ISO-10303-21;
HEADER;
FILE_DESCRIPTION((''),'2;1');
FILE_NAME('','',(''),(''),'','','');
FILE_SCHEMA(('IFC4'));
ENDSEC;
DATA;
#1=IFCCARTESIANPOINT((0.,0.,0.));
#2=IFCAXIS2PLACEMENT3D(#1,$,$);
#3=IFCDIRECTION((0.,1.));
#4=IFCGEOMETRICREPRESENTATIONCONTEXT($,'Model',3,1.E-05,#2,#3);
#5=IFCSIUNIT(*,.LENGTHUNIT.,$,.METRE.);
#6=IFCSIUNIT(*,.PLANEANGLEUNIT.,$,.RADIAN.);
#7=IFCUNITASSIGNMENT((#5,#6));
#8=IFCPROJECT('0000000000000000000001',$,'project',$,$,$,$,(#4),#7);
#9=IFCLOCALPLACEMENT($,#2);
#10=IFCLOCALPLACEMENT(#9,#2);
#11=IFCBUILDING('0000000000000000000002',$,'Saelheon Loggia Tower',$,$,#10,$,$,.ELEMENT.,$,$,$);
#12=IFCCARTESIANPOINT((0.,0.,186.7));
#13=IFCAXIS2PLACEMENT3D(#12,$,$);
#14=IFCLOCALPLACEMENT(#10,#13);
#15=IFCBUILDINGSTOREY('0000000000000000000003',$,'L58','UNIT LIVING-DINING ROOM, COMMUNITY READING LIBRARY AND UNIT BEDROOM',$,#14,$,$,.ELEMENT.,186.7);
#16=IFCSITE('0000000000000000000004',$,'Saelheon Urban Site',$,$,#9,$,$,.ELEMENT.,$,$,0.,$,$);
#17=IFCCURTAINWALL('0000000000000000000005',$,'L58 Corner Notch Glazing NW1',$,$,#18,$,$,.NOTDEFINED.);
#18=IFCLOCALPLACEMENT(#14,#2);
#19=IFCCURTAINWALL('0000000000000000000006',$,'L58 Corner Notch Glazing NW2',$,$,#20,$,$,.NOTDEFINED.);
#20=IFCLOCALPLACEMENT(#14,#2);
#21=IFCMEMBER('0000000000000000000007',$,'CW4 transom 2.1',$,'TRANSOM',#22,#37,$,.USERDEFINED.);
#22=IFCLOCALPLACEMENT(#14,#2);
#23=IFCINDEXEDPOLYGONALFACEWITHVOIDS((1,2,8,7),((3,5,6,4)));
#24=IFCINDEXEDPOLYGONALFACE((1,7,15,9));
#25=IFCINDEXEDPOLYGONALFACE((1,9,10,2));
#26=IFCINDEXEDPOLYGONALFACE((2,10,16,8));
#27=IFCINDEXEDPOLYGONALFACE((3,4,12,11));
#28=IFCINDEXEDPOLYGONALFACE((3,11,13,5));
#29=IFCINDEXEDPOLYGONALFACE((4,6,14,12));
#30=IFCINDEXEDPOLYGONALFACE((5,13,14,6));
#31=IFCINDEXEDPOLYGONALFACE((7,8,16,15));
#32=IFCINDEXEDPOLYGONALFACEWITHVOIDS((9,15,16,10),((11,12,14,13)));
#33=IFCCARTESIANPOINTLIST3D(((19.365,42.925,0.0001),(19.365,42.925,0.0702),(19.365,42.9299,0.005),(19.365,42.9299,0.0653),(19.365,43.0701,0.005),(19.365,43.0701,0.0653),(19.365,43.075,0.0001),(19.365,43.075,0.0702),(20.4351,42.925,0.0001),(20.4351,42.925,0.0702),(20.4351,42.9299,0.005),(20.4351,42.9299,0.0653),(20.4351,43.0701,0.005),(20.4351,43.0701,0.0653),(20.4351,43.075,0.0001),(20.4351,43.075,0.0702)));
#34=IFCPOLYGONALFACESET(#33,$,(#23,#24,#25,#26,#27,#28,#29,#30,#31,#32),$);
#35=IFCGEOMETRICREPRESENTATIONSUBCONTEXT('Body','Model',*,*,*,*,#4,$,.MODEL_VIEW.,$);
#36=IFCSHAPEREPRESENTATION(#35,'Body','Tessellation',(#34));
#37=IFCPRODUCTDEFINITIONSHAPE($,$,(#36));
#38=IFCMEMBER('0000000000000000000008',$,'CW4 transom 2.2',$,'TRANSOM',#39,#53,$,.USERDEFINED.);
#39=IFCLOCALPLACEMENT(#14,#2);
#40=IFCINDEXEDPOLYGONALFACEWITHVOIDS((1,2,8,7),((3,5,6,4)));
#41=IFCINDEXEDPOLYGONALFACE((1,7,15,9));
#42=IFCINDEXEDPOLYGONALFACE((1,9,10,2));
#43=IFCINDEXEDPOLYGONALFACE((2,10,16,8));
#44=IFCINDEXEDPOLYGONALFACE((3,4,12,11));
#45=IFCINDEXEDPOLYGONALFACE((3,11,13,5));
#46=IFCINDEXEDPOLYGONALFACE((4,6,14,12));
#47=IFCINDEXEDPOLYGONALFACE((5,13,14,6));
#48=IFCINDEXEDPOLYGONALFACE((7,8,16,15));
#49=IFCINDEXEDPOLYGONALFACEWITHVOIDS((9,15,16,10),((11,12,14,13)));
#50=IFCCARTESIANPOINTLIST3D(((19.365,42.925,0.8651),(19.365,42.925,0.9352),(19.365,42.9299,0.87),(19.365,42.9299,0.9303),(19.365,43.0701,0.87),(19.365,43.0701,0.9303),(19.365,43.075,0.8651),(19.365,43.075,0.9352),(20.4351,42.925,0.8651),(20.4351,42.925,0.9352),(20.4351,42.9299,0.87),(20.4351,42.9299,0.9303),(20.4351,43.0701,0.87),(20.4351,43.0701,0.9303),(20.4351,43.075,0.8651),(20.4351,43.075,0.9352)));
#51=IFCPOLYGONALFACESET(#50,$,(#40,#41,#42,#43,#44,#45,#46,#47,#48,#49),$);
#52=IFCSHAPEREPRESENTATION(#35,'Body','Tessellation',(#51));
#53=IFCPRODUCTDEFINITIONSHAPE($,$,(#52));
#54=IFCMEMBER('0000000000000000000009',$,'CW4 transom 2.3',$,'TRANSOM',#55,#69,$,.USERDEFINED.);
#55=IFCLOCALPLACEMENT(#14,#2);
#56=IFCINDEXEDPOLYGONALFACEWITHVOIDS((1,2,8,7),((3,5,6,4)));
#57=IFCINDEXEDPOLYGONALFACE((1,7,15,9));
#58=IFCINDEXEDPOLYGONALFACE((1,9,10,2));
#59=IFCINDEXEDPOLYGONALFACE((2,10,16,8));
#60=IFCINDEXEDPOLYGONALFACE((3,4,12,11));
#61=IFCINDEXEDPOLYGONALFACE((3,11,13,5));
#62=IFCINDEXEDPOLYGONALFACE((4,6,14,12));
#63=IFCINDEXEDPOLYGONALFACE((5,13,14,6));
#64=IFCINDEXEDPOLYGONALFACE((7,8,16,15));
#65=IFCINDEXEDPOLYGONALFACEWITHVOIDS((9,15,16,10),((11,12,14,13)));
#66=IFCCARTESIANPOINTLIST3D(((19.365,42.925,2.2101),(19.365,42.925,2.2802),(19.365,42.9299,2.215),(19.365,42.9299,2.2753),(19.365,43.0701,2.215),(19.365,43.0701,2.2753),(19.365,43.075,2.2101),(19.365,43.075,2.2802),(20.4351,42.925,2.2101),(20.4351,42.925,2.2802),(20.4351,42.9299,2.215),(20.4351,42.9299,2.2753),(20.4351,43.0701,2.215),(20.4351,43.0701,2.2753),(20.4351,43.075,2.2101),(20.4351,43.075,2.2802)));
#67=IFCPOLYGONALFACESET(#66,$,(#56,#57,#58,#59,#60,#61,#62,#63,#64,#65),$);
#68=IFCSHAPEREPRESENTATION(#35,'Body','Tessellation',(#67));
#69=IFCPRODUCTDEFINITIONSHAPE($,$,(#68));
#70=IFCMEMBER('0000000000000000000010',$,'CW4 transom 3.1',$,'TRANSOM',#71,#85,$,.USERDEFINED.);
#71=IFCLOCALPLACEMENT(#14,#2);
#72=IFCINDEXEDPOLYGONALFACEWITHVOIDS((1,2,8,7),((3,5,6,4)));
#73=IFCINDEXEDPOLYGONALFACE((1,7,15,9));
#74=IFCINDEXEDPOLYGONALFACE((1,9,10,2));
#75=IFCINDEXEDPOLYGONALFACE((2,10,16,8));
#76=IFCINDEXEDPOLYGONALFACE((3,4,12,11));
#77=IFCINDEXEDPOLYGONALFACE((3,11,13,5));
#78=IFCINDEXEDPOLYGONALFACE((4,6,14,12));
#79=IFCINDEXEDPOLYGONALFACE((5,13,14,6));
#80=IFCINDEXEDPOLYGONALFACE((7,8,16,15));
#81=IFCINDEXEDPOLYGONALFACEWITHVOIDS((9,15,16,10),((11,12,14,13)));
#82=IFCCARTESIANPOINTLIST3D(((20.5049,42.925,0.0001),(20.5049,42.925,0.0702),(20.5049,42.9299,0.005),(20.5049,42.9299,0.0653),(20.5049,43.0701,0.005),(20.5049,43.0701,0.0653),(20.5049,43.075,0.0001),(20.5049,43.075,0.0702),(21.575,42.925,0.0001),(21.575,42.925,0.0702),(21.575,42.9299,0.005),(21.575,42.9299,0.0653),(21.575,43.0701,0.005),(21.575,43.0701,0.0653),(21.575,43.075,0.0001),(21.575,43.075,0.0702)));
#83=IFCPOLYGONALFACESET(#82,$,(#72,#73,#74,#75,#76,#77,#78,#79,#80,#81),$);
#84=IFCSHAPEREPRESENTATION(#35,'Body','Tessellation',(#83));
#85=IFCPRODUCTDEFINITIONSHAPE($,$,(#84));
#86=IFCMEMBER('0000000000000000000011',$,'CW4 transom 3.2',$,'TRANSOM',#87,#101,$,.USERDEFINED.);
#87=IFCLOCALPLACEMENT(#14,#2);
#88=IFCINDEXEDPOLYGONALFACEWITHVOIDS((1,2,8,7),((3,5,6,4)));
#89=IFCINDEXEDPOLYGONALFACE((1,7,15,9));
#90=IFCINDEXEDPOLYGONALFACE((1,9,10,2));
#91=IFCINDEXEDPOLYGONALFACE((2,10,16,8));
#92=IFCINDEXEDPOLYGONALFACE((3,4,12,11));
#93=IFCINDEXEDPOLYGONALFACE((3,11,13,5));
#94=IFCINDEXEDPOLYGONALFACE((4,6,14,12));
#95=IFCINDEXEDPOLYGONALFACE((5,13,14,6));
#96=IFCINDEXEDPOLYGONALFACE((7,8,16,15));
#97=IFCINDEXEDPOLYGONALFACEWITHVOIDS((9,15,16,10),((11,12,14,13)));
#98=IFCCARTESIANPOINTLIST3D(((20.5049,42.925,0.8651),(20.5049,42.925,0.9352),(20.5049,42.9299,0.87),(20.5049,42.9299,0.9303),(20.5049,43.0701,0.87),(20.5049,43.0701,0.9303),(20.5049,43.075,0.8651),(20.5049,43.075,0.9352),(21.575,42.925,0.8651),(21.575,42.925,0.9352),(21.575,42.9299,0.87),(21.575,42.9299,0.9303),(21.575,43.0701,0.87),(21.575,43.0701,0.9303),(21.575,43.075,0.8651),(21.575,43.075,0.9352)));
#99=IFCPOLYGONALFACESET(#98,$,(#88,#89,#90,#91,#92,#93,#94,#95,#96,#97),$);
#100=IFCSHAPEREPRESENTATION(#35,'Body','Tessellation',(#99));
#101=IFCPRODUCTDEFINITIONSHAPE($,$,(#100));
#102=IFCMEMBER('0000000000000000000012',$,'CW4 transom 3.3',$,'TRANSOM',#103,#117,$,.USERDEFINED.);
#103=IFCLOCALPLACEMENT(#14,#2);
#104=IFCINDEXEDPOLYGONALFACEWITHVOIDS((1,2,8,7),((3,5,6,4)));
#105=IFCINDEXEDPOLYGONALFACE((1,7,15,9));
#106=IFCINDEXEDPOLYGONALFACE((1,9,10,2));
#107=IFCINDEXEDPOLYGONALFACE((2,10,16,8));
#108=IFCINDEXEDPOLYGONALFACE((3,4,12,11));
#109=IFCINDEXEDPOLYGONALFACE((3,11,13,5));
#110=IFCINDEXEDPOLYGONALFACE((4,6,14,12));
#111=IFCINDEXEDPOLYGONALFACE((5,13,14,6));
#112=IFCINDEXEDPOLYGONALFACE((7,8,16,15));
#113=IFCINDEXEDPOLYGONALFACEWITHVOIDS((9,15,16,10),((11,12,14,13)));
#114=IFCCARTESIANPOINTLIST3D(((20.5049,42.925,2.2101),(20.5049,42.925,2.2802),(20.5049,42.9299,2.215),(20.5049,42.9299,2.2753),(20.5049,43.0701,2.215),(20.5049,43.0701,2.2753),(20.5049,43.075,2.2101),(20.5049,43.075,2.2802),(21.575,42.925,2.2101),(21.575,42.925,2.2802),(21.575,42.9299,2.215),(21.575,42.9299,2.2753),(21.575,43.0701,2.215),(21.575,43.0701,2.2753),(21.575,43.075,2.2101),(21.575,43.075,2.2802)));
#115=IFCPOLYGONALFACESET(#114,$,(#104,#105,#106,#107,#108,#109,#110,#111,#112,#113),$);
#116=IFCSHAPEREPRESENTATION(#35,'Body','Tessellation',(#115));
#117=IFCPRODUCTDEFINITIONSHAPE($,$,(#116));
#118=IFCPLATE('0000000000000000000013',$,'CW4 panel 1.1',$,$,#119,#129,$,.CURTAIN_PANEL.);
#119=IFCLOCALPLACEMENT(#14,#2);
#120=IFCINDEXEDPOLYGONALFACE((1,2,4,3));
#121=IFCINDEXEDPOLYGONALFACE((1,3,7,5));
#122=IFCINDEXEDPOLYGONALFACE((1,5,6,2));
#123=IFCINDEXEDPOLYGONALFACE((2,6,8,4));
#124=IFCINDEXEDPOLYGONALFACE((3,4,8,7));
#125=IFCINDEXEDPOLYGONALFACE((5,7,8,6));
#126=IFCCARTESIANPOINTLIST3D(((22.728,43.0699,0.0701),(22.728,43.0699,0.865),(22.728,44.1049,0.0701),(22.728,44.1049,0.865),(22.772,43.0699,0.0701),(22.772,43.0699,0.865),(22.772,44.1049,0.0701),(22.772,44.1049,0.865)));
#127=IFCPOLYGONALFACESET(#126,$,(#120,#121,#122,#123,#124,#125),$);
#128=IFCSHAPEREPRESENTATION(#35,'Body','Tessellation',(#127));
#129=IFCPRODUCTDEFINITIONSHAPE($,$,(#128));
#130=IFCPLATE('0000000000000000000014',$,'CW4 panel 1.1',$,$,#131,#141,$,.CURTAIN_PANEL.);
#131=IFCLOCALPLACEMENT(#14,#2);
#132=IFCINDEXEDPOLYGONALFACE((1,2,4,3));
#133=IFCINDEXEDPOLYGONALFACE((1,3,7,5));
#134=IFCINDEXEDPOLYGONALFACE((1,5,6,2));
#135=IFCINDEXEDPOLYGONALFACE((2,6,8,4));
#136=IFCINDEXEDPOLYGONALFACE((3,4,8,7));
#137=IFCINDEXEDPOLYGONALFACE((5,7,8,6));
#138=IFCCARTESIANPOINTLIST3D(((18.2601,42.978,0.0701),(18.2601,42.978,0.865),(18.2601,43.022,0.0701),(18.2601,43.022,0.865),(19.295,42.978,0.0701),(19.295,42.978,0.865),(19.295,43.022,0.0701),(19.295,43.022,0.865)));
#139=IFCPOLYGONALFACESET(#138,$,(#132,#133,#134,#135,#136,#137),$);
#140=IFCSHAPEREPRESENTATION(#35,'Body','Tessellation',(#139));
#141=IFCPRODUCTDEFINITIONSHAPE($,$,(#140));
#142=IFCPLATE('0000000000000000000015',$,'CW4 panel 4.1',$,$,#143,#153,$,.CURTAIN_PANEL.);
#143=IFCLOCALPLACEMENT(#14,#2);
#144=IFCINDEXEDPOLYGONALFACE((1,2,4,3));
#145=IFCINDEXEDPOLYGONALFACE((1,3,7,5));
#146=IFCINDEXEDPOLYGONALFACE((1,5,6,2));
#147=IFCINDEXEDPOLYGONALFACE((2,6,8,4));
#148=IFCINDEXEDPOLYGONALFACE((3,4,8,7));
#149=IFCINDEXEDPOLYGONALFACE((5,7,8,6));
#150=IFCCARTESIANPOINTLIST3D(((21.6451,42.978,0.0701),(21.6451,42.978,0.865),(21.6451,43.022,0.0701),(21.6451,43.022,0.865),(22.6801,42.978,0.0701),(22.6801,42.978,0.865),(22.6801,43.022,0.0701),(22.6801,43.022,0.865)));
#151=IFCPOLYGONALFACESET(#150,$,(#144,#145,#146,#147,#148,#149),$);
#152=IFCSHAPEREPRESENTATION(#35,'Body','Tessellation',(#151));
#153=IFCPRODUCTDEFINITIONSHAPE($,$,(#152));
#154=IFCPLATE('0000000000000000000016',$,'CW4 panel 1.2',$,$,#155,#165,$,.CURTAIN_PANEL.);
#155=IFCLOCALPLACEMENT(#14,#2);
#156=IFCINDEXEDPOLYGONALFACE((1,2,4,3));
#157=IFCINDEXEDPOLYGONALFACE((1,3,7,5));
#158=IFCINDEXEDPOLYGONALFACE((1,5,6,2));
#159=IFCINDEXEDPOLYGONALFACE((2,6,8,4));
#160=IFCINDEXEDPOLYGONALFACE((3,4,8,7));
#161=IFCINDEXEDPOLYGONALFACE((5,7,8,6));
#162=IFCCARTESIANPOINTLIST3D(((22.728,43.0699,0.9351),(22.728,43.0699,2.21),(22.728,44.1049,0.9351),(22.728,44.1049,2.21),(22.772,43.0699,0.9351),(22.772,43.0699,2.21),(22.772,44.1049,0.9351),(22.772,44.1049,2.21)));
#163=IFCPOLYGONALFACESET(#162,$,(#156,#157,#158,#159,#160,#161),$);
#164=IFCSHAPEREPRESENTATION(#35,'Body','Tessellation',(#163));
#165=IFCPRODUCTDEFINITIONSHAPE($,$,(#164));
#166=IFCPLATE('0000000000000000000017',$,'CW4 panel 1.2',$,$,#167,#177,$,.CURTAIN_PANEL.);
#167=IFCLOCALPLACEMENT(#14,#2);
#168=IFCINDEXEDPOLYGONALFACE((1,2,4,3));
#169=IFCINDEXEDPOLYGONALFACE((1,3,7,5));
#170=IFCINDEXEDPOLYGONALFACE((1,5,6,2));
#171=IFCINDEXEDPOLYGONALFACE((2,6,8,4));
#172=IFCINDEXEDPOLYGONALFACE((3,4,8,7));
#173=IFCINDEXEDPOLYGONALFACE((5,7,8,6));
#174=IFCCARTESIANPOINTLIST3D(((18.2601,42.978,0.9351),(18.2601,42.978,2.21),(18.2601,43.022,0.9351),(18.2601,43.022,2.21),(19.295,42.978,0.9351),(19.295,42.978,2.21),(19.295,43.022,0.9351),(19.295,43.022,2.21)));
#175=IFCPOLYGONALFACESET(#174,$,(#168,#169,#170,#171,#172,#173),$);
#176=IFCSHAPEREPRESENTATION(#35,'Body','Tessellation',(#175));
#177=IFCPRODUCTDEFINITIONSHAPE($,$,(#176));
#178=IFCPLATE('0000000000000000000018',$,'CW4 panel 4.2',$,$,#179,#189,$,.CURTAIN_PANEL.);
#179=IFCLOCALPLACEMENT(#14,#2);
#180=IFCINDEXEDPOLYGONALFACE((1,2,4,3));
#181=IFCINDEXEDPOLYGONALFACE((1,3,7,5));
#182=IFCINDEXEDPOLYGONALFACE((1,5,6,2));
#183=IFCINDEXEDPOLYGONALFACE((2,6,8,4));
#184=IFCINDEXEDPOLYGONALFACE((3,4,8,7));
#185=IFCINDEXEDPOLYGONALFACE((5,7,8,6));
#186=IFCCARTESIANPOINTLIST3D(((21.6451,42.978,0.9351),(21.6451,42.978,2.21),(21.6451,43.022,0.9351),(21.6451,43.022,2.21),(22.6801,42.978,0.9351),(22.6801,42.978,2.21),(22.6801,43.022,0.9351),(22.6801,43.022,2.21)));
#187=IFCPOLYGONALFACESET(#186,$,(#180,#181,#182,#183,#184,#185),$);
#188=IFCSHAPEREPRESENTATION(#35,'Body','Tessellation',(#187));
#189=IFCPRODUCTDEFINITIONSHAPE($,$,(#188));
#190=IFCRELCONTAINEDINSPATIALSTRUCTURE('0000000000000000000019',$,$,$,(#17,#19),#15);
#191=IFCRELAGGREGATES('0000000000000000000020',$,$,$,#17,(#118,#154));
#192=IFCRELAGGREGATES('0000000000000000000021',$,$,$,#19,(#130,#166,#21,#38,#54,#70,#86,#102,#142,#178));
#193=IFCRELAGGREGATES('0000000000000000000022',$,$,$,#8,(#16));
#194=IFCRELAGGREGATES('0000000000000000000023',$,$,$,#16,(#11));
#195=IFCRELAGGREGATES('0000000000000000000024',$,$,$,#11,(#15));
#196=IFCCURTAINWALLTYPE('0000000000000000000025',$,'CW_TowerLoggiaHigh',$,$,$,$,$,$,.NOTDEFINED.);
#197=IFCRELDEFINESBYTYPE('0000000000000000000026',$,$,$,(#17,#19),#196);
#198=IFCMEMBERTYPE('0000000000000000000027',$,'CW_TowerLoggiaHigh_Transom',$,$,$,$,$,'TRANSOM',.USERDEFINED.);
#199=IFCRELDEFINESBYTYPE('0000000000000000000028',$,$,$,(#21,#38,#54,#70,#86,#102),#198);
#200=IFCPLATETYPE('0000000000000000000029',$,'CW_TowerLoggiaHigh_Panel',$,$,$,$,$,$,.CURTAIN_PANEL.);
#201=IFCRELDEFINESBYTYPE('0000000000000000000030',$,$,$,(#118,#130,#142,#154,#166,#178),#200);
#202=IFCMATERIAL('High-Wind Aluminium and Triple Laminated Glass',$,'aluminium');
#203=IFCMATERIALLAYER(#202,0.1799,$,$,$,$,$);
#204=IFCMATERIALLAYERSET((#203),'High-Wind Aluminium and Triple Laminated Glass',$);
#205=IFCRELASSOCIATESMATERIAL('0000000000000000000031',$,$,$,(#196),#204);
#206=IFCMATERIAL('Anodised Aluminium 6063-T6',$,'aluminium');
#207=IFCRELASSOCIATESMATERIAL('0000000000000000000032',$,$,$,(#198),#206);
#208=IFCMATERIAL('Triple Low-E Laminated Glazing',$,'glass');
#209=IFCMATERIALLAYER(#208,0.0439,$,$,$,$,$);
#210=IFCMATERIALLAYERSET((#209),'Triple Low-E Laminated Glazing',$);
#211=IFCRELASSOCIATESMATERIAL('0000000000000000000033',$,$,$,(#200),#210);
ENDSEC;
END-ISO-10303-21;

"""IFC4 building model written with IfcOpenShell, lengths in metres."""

from ifc_helpers import new_model, si_unit, direction, frame, origin, origin_2d, place, context, subcontext, project, spatial, rectangle, hollow_rectangle, extrude, source, transform, mapped, material, layer, layer_set, material_profile, profile_set, type_object, element, aggregate, save


model = new_model("IFC4")

# Units and contexts
model_context = context("Model", 3, precision=1e-05, world=origin(), true_north=direction((0.0, 1.0)))
body_context = subcontext(model_context, "Body", "Model", "MODEL_VIEW")
ifc_project = project(units=[si_unit("LENGTHUNIT", "METRE"), si_unit("PLANEANGLEUNIT", "RADIAN")], contexts=[model_context])

# Site, building, storey
site_placement = place(None, origin())
site = spatial("IfcSite", under=ifc_project, at=site_placement, Name="Saelheon Urban Site", CompositionType="ELEMENT", RefElevation=0.0)
building_placement = place(site_placement, origin())
building = spatial("IfcBuilding", under=site, at=building_placement, Name="Saelheon Loggia Tower", CompositionType="ELEMENT")
storey_placement = place(building_placement, frame((0.0, 0.0, 186.7)))
storey = spatial("IfcBuildingStorey", under=building, at=storey_placement, Name="L58", Description="UNIT LIVING-DINING ROOM, COMMUNITY READING LIBRARY AND UNIT BEDROOM", CompositionType="ELEMENT", Elevation=186.7)

# Curtain wall
ifc_material_1 = material(Name="High-Wind Aluminium and Triple Laminated Glass", Category="aluminium")
ifc_layer_1 = layer(ifc_material_1, 0.1799)
ifc_layer_set_1 = layer_set([ifc_layer_1], Name="High-Wind Aluminium and Triple Laminated Glass")
curtain_wall_type = type_object("IfcCurtainWallType", Name="CW_TowerLoggiaHigh", PredefinedType="NOTDEFINED", material=ifc_layer_set_1)
curtain_wall_1_placement = place(storey_placement, origin())
curtain_wall_1 = element("IfcCurtainWall", 1, at=curtain_wall_1_placement, inside=storey, type_object=curtain_wall_type, Name="L58 Corner Notch Glazing NW1", PredefinedType="NOTDEFINED")
ifc_material_2 = material(Name="Anodised Aluminium 6063-T6", Category="aluminium")

# Curtain wall
curtain_wall_2_placement = place(storey_placement, origin())
curtain_wall_2 = element("IfcCurtainWall", 2, at=curtain_wall_2_placement, inside=storey, type_object=curtain_wall_type, Name="L58 Corner Notch Glazing NW2", PredefinedType="NOTDEFINED")

# Members
ifc_material_profile_1 = material_profile(ifc_material_2, hollow_rectangle(XDim=0.0701, YDim=0.1499, WallThickness=0.0049, at=origin_2d()), Name="RHS-150x70x5")
ifc_profile_set_1 = profile_set([ifc_material_profile_1], Name="Anodised Aluminium 6063-T6")
member_type_1 = type_object("IfcMemberType", Name="CW_TowerLoggiaHigh_Transom", ElementType="TRANSOM", PredefinedType="USERDEFINED", material=ifc_profile_set_1)
shared_shape_1 = source(origin(), body_context, "Body", "SweptSolid", [
    extrude(hollow_rectangle(XDim=0.0701, YDim=0.1499, WallThickness=0.0049, at=origin_2d()), origin(), (0.0, 0.0, 1.0), 1.0701),
])
member_1_placement = place(storey_placement, frame((19.365, 43.0, 0.0352), z_axis=(1.0, 0.0, 0.0), x_axis=(0.0, 0.0, 1.0)))
member_1 = element("IfcMember", 3, at=member_1_placement, type_object=member_type_1, Name="CW4 transom 2.1", ObjectType="TRANSOM", PredefinedType="USERDEFINED", context=body_context, shape_type="MappedRepresentation", body=[
    mapped(shared_shape_1, transform((0.0, 0.0, 0.0), scale=1.0)),
])
member_2_placement = place(storey_placement, frame((19.365, 43.0, 0.9001), z_axis=(1.0, 0.0, 0.0), x_axis=(0.0, 0.0, 1.0)))
member_2 = element("IfcMember", 4, at=member_2_placement, type_object=member_type_1, Name="CW4 transom 2.2", ObjectType="TRANSOM", PredefinedType="USERDEFINED", context=body_context, shape_type="MappedRepresentation", body=[
    mapped(shared_shape_1, transform((0.0, 0.0, 0.0), scale=1.0)),
])
member_3_placement = place(storey_placement, frame((19.365, 43.0, 2.2451), z_axis=(1.0, 0.0, 0.0), x_axis=(0.0, 0.0, 1.0)))
member_3 = element("IfcMember", 5, at=member_3_placement, type_object=member_type_1, Name="CW4 transom 2.3", ObjectType="TRANSOM", PredefinedType="USERDEFINED", context=body_context, shape_type="MappedRepresentation", body=[
    mapped(shared_shape_1, transform((0.0, 0.0, 0.0), scale=1.0)),
])
member_4_placement = place(storey_placement, frame((20.5049, 43.0, 0.0352), z_axis=(1.0, 0.0, 0.0), x_axis=(0.0, 0.0, 1.0)))
member_4 = element("IfcMember", 6, at=member_4_placement, type_object=member_type_1, Name="CW4 transom 3.1", ObjectType="TRANSOM", PredefinedType="USERDEFINED", context=body_context, shape_type="MappedRepresentation", body=[
    mapped(shared_shape_1, transform((0.0, 0.0, 0.0), scale=1.0)),
])
member_5_placement = place(storey_placement, frame((20.5049, 43.0, 0.9001), z_axis=(1.0, 0.0, 0.0), x_axis=(0.0, 0.0, 1.0)))
member_5 = element("IfcMember", 7, at=member_5_placement, type_object=member_type_1, Name="CW4 transom 3.2", ObjectType="TRANSOM", PredefinedType="USERDEFINED", context=body_context, shape_type="MappedRepresentation", body=[
    mapped(shared_shape_1, transform((0.0, 0.0, 0.0), scale=1.0)),
])
member_6_placement = place(storey_placement, frame((20.5049, 43.0, 2.2451), z_axis=(1.0, 0.0, 0.0), x_axis=(0.0, 0.0, 1.0)))
member_6 = element("IfcMember", 8, at=member_6_placement, type_object=member_type_1, Name="CW4 transom 3.3", ObjectType="TRANSOM", PredefinedType="USERDEFINED", context=body_context, shape_type="MappedRepresentation", body=[
    mapped(shared_shape_1, transform((0.0, 0.0, 0.0), scale=1.0)),
])

# Plates
ifc_material_3 = material(Name="Triple Low-E Laminated Glazing", Category="glass")
ifc_layer_2 = layer(ifc_material_3, 0.0439)
ifc_layer_set_2 = layer_set([ifc_layer_2], Name="Triple Low-E Laminated Glazing")
plate_type = type_object("IfcPlateType", Name="CW_TowerLoggiaHigh_Panel", PredefinedType="CURTAIN_PANEL", material=ifc_layer_set_2)
shared_shape_2 = source(origin(), body_context, "Body", "SweptSolid", [
    extrude(rectangle(XDim=1.0349, YDim=0.0439, at=origin_2d()), origin(), (0.0, 0.0, 1.0), 0.7949),
])
plate_1_placement = place(storey_placement, frame((22.75, 43.5874, 0.0701), z_axis=(0.0, 0.0, 1.0), x_axis=(0.0, 1.0, 0.0)))
plate_1 = element("IfcPlate", 9, at=plate_1_placement, type_object=plate_type, Name="CW4 panel 1.1", PredefinedType="CURTAIN_PANEL", context=body_context, shape_type="MappedRepresentation", body=[
    mapped(shared_shape_2, transform((0.0, 0.0, 0.0), scale=1.0)),
])
plate_2_placement = place(storey_placement, frame((18.7776, 43.0, 0.0701), z_axis=(0.0, 0.0, 1.0), x_axis=(1.0, 0.0, 0.0)))
plate_2 = element("IfcPlate", 10, at=plate_2_placement, type_object=plate_type, Name="CW4 panel 1.1", PredefinedType="CURTAIN_PANEL", context=body_context, shape_type="MappedRepresentation", body=[
    mapped(shared_shape_2, transform((0.0, 0.0, 0.0), scale=1.0)),
])
plate_3_placement = place(storey_placement, frame((22.1626, 43.0, 0.0701), z_axis=(0.0, 0.0, 1.0), x_axis=(1.0, 0.0, 0.0)))
plate_3 = element("IfcPlate", 11, at=plate_3_placement, type_object=plate_type, Name="CW4 panel 4.1", PredefinedType="CURTAIN_PANEL", context=body_context, shape_type="MappedRepresentation", body=[
    mapped(shared_shape_2, transform((0.0, 0.0, 0.0), scale=1.0)),
])
shared_shape_3 = source(origin(), body_context, "Body", "SweptSolid", [
    extrude(rectangle(XDim=1.0349, YDim=0.0439, at=origin_2d()), origin(), (0.0, 0.0, 1.0), 1.2749),
])
plate_4_placement = place(storey_placement, frame((22.75, 43.5874, 0.9351), z_axis=(0.0, 0.0, 1.0), x_axis=(0.0, 1.0, 0.0)))
plate_4 = element("IfcPlate", 12, at=plate_4_placement, type_object=plate_type, Name="CW4 panel 1.2", PredefinedType="CURTAIN_PANEL", context=body_context, shape_type="MappedRepresentation", body=[
    mapped(shared_shape_3, transform((0.0, 0.0, 0.0), scale=1.0)),
])
aggregate(curtain_wall_1, [plate_1, plate_4])
plate_5_placement = place(storey_placement, frame((18.7776, 43.0, 0.9351), z_axis=(0.0, 0.0, 1.0), x_axis=(1.0, 0.0, 0.0)))
plate_5 = element("IfcPlate", 13, at=plate_5_placement, type_object=plate_type, Name="CW4 panel 1.2", PredefinedType="CURTAIN_PANEL", context=body_context, shape_type="MappedRepresentation", body=[
    mapped(shared_shape_3, transform((0.0, 0.0, 0.0), scale=1.0)),
])
plate_6_placement = place(storey_placement, frame((22.1626, 43.0, 0.9351), z_axis=(0.0, 0.0, 1.0), x_axis=(1.0, 0.0, 0.0)))
plate_6 = element("IfcPlate", 14, at=plate_6_placement, type_object=plate_type, Name="CW4 panel 4.2", PredefinedType="CURTAIN_PANEL", context=body_context, shape_type="MappedRepresentation", body=[
    mapped(shared_shape_3, transform((0.0, 0.0, 0.0), scale=1.0)),
])
aggregate(curtain_wall_2, [plate_2, plate_5, member_1, member_2, member_3, member_4, member_5, member_6, plate_3, plate_6])

save(model, "model.ifc")
